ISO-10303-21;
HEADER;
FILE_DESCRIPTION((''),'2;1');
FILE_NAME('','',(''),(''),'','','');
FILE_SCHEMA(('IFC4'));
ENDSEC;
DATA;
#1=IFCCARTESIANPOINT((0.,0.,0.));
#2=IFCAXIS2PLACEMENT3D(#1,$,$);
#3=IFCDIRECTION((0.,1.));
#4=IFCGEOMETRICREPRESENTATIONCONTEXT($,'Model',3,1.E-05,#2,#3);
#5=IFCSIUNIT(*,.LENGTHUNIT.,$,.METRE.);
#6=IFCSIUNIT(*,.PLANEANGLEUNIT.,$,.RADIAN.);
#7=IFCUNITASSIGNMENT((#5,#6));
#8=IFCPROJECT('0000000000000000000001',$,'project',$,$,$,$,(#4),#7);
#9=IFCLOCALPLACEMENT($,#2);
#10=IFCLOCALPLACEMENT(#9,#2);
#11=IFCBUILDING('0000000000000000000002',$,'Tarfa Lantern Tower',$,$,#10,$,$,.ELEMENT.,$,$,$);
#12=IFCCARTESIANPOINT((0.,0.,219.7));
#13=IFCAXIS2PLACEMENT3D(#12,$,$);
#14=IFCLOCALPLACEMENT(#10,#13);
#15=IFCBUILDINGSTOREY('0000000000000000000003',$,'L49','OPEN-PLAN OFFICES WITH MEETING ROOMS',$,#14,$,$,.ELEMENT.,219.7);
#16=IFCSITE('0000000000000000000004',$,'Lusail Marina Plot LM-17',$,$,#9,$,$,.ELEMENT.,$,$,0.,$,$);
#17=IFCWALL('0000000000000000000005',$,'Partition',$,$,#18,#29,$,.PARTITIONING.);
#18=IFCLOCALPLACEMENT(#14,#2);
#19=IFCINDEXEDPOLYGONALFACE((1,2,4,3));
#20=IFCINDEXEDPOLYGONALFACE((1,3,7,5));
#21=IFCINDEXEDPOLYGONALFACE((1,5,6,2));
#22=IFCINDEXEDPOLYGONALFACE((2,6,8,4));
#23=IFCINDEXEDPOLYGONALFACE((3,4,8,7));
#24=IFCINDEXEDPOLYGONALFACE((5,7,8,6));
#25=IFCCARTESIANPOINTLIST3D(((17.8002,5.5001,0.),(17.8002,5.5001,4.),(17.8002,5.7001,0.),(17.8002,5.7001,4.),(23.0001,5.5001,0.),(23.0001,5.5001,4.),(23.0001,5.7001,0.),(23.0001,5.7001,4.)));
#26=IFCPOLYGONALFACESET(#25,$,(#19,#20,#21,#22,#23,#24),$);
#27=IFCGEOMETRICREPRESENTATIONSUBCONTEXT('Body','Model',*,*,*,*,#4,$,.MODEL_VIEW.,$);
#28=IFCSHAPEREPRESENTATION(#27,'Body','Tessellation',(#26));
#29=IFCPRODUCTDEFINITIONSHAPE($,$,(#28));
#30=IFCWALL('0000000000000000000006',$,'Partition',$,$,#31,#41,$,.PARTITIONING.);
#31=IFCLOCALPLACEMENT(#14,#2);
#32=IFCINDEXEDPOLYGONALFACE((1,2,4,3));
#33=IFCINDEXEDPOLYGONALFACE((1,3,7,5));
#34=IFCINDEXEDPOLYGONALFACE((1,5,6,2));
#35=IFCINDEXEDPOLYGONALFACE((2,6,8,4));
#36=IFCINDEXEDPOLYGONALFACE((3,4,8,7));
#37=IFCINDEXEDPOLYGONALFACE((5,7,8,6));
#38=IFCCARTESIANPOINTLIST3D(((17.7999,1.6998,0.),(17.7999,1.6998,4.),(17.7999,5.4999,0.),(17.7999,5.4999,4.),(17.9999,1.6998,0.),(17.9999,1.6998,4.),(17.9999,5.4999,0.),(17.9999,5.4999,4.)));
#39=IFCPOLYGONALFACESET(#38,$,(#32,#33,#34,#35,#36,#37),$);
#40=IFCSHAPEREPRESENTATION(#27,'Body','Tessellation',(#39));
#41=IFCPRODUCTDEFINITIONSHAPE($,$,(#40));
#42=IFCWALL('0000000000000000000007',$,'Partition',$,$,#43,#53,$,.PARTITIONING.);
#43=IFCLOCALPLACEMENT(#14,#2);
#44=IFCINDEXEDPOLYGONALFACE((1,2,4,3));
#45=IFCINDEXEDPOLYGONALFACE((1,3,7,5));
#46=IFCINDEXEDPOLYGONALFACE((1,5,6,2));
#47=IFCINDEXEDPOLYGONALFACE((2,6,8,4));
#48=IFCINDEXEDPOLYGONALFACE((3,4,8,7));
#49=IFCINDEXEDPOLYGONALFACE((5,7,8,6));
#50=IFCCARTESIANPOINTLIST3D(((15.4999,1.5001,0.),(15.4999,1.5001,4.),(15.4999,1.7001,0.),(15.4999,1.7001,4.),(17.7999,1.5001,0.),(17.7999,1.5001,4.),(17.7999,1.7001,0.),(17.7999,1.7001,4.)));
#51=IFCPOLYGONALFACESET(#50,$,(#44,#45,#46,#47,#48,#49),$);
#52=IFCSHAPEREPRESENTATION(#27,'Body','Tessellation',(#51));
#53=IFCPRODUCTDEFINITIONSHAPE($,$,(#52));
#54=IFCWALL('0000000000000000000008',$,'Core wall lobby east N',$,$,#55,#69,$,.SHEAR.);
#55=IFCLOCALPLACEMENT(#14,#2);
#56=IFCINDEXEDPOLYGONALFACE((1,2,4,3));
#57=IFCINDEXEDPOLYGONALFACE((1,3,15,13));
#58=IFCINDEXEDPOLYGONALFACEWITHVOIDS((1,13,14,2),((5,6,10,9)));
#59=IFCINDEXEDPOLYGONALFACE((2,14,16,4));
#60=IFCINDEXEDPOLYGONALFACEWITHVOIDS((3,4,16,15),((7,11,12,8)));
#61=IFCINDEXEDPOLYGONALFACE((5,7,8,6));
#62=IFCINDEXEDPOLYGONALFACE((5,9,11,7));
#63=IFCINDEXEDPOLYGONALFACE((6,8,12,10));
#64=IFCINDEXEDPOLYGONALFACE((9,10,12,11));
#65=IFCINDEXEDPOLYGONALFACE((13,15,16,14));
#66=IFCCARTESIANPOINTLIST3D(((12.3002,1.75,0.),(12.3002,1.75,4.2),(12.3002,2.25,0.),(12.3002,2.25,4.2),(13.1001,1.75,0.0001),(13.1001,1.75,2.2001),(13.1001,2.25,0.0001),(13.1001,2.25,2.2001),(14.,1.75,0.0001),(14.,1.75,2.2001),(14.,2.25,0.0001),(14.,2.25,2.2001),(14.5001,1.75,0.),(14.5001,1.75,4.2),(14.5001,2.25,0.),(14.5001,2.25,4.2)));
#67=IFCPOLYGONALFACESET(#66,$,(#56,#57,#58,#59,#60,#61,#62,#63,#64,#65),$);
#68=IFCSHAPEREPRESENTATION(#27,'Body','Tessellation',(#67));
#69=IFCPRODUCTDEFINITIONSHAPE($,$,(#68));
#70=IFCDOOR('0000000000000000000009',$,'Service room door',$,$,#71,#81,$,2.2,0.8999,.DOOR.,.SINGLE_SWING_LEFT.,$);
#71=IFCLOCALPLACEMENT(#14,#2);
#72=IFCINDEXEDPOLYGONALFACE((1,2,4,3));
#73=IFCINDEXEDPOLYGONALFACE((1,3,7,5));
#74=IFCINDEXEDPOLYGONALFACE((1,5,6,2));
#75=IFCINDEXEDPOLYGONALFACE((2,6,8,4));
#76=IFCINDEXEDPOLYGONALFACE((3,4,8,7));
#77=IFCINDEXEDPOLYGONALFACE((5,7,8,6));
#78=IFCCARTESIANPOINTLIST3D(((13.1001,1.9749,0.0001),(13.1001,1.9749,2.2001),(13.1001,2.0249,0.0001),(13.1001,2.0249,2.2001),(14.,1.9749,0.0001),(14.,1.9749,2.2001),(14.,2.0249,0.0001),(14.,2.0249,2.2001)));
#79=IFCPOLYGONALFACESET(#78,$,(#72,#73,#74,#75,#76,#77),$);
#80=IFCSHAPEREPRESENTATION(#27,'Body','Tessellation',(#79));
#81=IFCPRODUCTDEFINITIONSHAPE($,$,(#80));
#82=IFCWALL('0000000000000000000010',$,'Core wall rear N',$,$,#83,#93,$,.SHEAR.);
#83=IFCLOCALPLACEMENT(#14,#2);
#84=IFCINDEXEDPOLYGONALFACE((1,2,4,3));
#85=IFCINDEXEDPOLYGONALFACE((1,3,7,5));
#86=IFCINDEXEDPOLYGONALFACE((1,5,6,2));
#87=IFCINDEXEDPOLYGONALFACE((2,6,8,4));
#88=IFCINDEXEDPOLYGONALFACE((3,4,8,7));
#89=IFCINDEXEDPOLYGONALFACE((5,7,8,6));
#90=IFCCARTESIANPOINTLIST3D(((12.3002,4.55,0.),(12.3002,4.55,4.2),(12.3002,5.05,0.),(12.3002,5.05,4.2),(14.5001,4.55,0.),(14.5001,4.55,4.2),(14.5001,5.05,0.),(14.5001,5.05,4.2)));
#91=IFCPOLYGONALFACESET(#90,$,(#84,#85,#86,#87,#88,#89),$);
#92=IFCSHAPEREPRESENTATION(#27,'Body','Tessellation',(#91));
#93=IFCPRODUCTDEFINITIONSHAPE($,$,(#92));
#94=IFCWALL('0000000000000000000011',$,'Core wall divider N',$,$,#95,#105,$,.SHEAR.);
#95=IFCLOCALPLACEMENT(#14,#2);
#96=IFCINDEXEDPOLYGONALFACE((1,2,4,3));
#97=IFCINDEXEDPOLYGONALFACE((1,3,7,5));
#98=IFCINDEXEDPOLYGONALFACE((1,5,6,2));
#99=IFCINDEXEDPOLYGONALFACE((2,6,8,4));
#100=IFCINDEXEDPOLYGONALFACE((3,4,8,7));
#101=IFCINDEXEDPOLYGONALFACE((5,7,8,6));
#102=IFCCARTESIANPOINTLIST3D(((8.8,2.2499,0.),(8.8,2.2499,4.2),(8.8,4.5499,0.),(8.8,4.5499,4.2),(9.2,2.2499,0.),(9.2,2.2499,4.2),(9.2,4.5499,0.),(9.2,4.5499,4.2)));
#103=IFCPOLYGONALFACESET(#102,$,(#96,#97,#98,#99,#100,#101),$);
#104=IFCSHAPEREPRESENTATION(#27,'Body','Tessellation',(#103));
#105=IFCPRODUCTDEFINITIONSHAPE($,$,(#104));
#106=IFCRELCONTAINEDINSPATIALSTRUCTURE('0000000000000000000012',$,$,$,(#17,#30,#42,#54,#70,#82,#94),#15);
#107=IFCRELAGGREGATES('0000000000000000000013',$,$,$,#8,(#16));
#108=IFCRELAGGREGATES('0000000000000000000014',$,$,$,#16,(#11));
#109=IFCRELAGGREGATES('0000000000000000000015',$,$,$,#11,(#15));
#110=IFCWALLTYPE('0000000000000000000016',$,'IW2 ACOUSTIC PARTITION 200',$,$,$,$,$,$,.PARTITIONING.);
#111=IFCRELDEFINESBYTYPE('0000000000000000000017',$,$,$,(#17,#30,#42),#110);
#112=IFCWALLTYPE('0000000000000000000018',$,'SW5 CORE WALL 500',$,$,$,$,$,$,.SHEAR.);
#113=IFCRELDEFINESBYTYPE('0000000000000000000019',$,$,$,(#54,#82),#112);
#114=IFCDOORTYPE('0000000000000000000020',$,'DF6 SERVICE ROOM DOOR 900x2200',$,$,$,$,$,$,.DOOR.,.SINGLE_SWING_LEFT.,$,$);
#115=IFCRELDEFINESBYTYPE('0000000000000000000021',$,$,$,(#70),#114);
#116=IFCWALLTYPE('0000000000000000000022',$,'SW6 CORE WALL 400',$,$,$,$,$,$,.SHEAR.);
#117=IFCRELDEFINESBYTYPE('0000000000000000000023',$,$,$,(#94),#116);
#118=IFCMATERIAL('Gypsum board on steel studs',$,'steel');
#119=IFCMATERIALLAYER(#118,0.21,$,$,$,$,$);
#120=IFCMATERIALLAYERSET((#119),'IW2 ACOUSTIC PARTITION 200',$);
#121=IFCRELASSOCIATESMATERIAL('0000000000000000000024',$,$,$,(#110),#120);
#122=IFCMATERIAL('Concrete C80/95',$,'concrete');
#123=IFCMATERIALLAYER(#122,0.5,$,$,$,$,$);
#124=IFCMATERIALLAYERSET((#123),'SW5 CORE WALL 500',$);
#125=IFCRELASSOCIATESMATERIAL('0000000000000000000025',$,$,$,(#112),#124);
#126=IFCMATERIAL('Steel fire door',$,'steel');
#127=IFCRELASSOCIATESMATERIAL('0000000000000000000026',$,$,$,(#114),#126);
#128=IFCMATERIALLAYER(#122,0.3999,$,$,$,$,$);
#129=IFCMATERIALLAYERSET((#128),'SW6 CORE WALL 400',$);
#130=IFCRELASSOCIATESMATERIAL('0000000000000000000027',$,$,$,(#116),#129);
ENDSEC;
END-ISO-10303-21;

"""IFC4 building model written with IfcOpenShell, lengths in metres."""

from ifc_helpers import new_model, si_unit, direction, frame, frame_2d, origin, place, context, subcontext, project, spatial, rectangle, extrude, material, layer, layer_set, type_object, element, fill, save


model = new_model("IFC4")

# Units and contexts
model_context = context("Model", 3, precision=1e-05, world=origin(), true_north=direction((0.0, 1.0)))
body_context = subcontext(model_context, "Body", "Model", "MODEL_VIEW")
ifc_project = project(units=[si_unit("LENGTHUNIT", "METRE"), si_unit("PLANEANGLEUNIT", "RADIAN")], contexts=[model_context])

# Site, building, storey
site_placement = place(None, origin())
site = spatial("IfcSite", under=ifc_project, at=site_placement, Name="Lusail Marina Plot LM-17", CompositionType="ELEMENT", RefElevation=0.0)
building_placement = place(site_placement, origin())
building = spatial("IfcBuilding", under=site, at=building_placement, Name="Tarfa Lantern Tower", CompositionType="ELEMENT")
storey_placement = place(building_placement, frame((0.0, 0.0, 219.7)))
storey = spatial("IfcBuildingStorey", under=building, at=storey_placement, Name="L49", Description="OPEN-PLAN OFFICES WITH MEETING ROOMS", CompositionType="ELEMENT", Elevation=219.7)

# Shared definitions
ifc_material_1 = material(Name="Gypsum board on steel studs", Category="steel")
ifc_layer_1 = layer(ifc_material_1, 0.21)
ifc_layer_set_1 = layer_set([ifc_layer_1], Name="IW2 ACOUSTIC PARTITION 200")
wall_type_1 = type_object("IfcWallType", Name="IW2 ACOUSTIC PARTITION 200", PredefinedType="PARTITIONING", material=ifc_layer_set_1)

# Walls
wall_1_placement = place(storey_placement, frame((17.8, 5.6001, 0.0), z_axis=(0.0, 0.0, 1.0), x_axis=(1.0, 0.0, 0.0)))
element("IfcWall", 1, at=wall_1_placement, inside=storey, type_object=wall_type_1, Name="Partition", PredefinedType="PARTITIONING", context=body_context, shape_type="SweptSolid", body=[
    extrude(rectangle(XDim=5.2, YDim=0.2, at=frame_2d((2.6001, 0.0))), origin(), (0.0, 0.0, 1.0), 4.0),
])
wall_2_placement = place(storey_placement, frame((17.8999, 1.7, 0.0), z_axis=(0.0, 0.0, 1.0), x_axis=(0.0, 1.0, 0.0)))
element("IfcWall", 2, at=wall_2_placement, inside=storey, type_object=wall_type_1, Name="Partition", PredefinedType="PARTITIONING", context=body_context, shape_type="SweptSolid", body=[
    extrude(rectangle(XDim=3.8, YDim=0.2, at=frame_2d((1.8999, 0.0))), origin(), (0.0, 0.0, 1.0), 4.0),
])
wall_3_placement = place(storey_placement, frame((15.5, 1.6001, 0.0), z_axis=(0.0, 0.0, 1.0), x_axis=(1.0, 0.0, 0.0)))
element("IfcWall", 3, at=wall_3_placement, inside=storey, type_object=wall_type_1, Name="Partition", PredefinedType="PARTITIONING", context=body_context, shape_type="SweptSolid", body=[
    extrude(rectangle(XDim=2.3, YDim=0.2, at=frame_2d((1.1499, 0.0))), origin(), (0.0, 0.0, 1.0), 4.0),
])

# Wall, opening, door
ifc_material_2 = material(Name="Concrete C80/95", Category="concrete")
ifc_layer_2 = layer(ifc_material_2, 0.5)
ifc_layer_set_2 = layer_set([ifc_layer_2], Name="SW5 CORE WALL 500")
wall_type_2 = type_object("IfcWallType", Name="SW5 CORE WALL 500", PredefinedType="SHEAR", material=ifc_layer_set_2)
wall_4_placement = place(storey_placement, frame((12.3, 2.0, 0.0), z_axis=(0.0, 0.0, 1.0), x_axis=(1.0, 0.0, 0.0)))
wall_4 = element("IfcWall", 4, at=wall_4_placement, inside=storey, type_object=wall_type_2, Name="Core wall lobby east N", PredefinedType="SHEAR", context=body_context, shape_type="SweptSolid", body=[
    extrude(rectangle(XDim=2.2, YDim=0.5, at=frame_2d((1.1001, 0.0))), origin(), (0.0, 0.0, 1.0), 4.2),
])
opening_1_placement = place(wall_4_placement, frame((0.8, 0.0, 0.0)))
opening_1 = element("IfcOpeningElement", 5, at=opening_1_placement, cuts=wall_4, PredefinedType="OPENING", context=body_context, shape_type="SweptSolid", body=[
    extrude(rectangle(XDim=0.8999, YDim=2.2, at=frame_2d((0.45, 1.1001))), frame((0.0, 0.26, 0.0), z_axis=(0.0, -1.0, 0.0), x_axis=(1.0, 0.0, 0.0)), (0.0, 0.0, 1.0), 0.52),
])
ifc_material_3 = material(Name="Steel fire door", Category="steel")
door_type_1 = type_object("IfcDoorType", Name="DF6 SERVICE ROOM DOOR 900x2200", OperationType="SINGLE_SWING_LEFT", PredefinedType="DOOR", material=ifc_material_3)
door_1_placement = place(opening_1_placement, origin())
door_1 = element("IfcDoor", 6, at=door_1_placement, inside=storey, type_object=door_type_1, Name="Service room door", OperationType="SINGLE_SWING_LEFT", OverallHeight=2.2, OverallWidth=0.8999, PredefinedType="DOOR", context=body_context, shape_type="SweptSolid", body=[
    extrude(rectangle(XDim=0.8999, YDim=2.2, at=frame_2d((0.45, 1.1001))), frame((0.0, 0.0249, 0.0), z_axis=(0.0, -1.0, 0.0), x_axis=(1.0, 0.0, 0.0)), (0.0, 0.0, 1.0), 0.05),
])
fill(opening_1, door_1)

# Walls
wall_5_placement = place(storey_placement, frame((12.3, 4.8, 0.0), z_axis=(0.0, 0.0, 1.0), x_axis=(1.0, 0.0, 0.0)))
element("IfcWall", 7, at=wall_5_placement, inside=storey, type_object=wall_type_2, Name="Core wall rear N", PredefinedType="SHEAR", context=body_context, shape_type="SweptSolid", body=[
    extrude(rectangle(XDim=2.2, YDim=0.5, at=frame_2d((1.1001, 0.0))), origin(), (0.0, 0.0, 1.0), 4.2),
])
ifc_layer_3 = layer(ifc_material_2, 0.3999)
ifc_layer_set_3 = layer_set([ifc_layer_3], Name="SW6 CORE WALL 400")
wall_type_3 = type_object("IfcWallType", Name="SW6 CORE WALL 400", PredefinedType="SHEAR", material=ifc_layer_set_3)
wall_6_placement = place(storey_placement, frame((9.0, 2.25, 0.0), z_axis=(0.0, 0.0, 1.0), x_axis=(0.0, 1.0, 0.0)))
element("IfcWall", 8, at=wall_6_placement, inside=storey, type_object=wall_type_3, Name="Core wall divider N", PredefinedType="SHEAR", context=body_context, shape_type="SweptSolid", body=[
    extrude(rectangle(XDim=2.3, YDim=0.3999, at=frame_2d((1.1499, 0.0))), origin(), (0.0, 0.0, 1.0), 4.2),
])

save(model, "model.ifc")
